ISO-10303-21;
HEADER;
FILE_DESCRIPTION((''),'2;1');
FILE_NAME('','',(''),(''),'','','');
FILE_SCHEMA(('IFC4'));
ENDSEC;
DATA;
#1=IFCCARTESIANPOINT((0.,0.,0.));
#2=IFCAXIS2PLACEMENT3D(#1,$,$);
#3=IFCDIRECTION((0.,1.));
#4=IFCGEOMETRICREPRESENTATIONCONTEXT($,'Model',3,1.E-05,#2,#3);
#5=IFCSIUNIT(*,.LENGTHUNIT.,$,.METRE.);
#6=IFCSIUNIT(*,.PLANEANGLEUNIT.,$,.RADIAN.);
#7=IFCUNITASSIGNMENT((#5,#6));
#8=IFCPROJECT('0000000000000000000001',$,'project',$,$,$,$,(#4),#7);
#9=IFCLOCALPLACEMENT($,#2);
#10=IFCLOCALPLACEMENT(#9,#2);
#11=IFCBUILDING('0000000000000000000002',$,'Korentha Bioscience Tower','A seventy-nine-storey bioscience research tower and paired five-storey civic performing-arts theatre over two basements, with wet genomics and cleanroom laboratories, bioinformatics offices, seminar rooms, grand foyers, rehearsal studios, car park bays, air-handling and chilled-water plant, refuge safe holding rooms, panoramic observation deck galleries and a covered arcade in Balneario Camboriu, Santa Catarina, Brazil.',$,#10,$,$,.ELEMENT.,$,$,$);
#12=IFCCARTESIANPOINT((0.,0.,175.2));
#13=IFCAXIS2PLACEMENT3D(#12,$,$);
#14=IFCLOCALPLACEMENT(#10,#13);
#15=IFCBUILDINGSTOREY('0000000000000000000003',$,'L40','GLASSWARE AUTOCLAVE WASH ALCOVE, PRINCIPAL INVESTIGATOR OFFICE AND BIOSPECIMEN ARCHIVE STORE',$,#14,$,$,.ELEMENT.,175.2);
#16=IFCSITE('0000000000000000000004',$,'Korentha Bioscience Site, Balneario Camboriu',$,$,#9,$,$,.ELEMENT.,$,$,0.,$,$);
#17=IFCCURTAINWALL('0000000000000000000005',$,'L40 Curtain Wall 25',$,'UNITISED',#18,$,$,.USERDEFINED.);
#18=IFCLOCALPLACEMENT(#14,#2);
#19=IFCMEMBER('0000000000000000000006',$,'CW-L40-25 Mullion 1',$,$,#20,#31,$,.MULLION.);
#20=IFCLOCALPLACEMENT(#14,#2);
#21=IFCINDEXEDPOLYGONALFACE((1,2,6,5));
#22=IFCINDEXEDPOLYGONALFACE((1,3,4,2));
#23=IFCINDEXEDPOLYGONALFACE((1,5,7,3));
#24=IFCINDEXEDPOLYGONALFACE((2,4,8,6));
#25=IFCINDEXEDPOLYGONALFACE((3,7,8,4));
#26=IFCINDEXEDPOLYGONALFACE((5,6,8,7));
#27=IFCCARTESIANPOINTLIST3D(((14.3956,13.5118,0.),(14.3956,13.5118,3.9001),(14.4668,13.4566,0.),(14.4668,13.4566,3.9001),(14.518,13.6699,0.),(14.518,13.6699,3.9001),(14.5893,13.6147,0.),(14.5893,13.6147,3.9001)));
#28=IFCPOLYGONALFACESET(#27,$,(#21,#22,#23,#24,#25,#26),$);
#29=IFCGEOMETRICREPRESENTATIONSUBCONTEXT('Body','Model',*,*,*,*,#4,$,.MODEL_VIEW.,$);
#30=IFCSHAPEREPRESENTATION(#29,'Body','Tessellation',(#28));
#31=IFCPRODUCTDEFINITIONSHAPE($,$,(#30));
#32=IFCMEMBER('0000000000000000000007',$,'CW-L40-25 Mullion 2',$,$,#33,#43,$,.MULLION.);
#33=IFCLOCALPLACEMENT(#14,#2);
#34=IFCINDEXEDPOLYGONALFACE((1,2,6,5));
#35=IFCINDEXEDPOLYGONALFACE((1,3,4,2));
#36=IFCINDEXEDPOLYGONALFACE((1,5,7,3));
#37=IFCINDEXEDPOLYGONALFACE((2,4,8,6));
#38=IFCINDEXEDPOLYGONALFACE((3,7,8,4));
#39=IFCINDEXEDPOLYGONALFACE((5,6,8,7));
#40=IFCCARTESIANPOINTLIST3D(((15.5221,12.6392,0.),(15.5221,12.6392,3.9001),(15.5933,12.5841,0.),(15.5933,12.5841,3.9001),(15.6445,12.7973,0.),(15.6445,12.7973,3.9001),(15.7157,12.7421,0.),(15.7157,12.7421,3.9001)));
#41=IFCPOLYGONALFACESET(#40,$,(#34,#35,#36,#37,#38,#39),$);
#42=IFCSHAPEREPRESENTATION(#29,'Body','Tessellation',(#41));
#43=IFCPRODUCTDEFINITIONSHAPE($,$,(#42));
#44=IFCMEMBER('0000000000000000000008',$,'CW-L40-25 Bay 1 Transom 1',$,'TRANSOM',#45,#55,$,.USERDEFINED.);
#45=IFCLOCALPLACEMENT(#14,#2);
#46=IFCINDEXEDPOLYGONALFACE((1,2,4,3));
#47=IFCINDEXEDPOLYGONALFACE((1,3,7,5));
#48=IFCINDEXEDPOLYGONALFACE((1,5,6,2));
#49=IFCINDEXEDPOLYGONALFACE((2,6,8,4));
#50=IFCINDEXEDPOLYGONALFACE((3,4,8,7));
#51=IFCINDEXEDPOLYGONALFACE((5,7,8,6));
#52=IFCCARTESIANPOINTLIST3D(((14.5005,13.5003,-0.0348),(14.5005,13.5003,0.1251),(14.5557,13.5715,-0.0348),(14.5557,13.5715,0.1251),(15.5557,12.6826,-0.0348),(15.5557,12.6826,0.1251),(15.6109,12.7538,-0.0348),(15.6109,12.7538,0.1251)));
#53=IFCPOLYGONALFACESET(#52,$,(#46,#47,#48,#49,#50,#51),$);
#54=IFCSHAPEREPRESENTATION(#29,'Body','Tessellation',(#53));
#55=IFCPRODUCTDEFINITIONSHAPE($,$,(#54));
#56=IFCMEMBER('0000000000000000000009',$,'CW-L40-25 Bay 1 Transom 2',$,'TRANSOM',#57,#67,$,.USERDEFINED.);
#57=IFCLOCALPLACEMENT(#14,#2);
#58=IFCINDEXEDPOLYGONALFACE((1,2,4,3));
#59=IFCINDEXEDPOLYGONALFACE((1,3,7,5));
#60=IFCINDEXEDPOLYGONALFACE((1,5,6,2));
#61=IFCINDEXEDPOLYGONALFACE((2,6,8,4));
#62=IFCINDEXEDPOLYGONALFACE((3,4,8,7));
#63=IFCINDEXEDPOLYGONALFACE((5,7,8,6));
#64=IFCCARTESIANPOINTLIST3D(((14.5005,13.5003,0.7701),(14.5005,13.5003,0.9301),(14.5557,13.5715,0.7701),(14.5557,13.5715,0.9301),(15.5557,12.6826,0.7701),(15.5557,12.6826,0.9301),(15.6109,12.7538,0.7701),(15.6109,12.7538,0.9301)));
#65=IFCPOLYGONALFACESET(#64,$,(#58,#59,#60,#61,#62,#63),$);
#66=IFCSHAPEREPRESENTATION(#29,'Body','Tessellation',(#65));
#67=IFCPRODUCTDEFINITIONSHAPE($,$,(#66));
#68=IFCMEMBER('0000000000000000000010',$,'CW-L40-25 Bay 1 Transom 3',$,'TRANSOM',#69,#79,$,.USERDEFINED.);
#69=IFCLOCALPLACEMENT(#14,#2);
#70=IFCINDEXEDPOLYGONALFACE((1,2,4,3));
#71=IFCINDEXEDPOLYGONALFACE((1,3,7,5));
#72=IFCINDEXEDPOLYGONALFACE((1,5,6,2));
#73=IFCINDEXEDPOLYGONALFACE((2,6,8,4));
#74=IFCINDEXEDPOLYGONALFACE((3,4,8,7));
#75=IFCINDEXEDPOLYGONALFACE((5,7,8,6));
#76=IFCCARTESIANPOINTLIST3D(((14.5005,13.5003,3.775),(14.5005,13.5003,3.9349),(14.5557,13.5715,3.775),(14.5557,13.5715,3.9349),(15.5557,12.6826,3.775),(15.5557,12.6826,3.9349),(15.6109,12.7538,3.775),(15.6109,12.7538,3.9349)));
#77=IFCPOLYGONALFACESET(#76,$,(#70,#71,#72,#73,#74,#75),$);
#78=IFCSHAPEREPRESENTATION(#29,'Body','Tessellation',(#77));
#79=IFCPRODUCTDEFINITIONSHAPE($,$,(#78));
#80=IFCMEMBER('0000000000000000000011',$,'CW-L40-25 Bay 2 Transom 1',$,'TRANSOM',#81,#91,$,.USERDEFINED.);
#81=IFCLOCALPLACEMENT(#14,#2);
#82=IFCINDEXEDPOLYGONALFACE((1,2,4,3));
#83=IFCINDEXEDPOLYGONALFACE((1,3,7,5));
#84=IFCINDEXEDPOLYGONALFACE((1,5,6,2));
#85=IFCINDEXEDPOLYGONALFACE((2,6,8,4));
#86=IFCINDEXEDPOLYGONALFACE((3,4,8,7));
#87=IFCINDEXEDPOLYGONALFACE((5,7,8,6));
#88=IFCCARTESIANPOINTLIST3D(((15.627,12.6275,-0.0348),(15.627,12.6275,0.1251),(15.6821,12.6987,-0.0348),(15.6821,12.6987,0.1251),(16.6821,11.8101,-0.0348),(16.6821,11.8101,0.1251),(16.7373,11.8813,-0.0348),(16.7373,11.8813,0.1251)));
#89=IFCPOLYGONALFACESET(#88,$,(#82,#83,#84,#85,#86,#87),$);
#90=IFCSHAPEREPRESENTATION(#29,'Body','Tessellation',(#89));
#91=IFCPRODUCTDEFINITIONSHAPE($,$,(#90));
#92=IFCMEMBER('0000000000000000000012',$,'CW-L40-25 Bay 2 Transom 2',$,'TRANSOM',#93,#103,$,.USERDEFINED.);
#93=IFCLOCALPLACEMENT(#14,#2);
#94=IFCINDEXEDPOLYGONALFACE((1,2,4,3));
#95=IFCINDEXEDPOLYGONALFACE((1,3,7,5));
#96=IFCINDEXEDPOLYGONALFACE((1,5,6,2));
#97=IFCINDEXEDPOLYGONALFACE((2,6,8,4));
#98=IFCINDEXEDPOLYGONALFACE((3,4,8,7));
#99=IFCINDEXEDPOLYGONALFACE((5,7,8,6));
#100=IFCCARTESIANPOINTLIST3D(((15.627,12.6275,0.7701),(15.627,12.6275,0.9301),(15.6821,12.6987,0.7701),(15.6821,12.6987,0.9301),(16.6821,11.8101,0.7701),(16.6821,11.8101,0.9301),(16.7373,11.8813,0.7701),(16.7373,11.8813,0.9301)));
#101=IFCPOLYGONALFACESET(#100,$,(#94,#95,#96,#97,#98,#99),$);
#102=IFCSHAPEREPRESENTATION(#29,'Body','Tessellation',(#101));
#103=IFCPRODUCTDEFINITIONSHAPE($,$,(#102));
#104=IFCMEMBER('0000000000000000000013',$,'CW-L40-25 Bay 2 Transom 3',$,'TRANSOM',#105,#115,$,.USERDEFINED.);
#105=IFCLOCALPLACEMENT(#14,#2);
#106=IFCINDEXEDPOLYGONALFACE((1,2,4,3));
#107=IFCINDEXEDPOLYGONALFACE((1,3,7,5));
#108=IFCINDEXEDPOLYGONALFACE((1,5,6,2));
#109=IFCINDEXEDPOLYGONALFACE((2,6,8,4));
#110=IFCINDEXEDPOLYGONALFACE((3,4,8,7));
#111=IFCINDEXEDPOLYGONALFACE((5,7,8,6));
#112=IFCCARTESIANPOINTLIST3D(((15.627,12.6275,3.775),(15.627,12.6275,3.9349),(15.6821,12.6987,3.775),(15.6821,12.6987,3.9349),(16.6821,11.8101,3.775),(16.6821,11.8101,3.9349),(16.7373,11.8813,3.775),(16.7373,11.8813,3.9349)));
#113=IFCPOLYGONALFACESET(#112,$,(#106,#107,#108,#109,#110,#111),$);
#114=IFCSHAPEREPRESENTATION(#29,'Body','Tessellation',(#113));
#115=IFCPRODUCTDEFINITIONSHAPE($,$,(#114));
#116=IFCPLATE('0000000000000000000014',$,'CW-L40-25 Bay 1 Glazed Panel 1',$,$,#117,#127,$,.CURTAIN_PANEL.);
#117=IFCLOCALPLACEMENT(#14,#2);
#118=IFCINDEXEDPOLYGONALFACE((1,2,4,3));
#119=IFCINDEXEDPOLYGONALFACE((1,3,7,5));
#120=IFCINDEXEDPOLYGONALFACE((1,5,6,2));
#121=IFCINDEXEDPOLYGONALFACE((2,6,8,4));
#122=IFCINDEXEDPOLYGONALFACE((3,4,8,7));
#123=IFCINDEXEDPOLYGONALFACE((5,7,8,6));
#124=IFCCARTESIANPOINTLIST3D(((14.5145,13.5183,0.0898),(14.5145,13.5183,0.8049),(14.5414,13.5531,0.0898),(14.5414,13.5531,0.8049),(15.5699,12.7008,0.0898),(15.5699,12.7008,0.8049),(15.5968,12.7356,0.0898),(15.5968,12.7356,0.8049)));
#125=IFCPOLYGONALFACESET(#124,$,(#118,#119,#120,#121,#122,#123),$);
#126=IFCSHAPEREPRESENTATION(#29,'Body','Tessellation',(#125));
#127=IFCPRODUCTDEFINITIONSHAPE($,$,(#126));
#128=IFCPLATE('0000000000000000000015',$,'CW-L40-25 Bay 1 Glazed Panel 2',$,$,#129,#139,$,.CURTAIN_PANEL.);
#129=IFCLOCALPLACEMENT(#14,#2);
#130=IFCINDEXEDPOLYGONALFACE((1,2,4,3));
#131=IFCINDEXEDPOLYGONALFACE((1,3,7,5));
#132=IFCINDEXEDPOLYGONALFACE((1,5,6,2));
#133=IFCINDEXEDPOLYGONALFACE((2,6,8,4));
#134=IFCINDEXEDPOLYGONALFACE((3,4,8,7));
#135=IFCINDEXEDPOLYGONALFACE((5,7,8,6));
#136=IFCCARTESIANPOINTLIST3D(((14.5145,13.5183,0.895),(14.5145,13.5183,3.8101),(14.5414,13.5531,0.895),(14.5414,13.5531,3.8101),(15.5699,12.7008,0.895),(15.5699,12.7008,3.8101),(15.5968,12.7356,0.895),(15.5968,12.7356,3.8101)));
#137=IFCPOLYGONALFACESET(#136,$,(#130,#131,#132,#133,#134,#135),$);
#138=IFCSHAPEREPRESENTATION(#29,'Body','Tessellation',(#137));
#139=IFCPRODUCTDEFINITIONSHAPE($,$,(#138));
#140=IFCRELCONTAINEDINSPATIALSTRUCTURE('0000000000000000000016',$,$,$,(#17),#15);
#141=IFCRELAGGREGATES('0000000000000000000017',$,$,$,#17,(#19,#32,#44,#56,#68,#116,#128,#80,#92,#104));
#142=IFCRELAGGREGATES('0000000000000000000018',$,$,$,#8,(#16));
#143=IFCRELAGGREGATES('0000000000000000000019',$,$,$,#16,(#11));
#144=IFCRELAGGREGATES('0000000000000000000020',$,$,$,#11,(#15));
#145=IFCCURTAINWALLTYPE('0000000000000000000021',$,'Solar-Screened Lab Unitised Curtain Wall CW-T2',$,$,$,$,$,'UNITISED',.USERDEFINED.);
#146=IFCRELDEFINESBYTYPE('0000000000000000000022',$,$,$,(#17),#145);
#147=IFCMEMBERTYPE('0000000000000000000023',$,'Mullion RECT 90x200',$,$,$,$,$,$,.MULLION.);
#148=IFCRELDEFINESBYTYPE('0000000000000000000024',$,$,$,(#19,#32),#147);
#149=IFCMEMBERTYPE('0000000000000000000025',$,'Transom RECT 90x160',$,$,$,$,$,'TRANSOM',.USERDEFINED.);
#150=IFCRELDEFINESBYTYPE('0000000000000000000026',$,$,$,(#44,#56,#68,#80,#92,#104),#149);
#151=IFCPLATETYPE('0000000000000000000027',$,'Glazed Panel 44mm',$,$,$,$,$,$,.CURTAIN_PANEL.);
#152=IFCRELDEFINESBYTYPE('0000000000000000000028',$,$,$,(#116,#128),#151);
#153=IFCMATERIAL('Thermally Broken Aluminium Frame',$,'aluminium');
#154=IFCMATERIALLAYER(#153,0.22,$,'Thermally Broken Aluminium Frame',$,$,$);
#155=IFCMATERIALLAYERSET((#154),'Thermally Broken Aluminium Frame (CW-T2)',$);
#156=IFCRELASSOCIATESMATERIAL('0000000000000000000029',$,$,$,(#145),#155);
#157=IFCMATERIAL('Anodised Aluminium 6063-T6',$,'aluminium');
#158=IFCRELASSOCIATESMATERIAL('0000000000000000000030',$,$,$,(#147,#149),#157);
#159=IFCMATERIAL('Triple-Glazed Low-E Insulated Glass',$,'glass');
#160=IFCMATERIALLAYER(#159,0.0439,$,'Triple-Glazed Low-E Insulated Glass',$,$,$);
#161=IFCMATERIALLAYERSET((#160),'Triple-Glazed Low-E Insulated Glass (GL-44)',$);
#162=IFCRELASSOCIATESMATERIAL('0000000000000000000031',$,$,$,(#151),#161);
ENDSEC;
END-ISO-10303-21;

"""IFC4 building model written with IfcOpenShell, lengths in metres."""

from ifc_helpers import new_model, si_unit, direction, frame, origin, origin_2d, place, context, subcontext, project, spatial, rectangle, extrude, material, layer, layer_set, material_profile, profile_set, type_object, element, aggregate, save


model = new_model("IFC4")

# Units and contexts
model_context = context("Model", 3, precision=1e-05, world=origin(), true_north=direction((0.0, 1.0)))
body_context = subcontext(model_context, "Body", "Model", "MODEL_VIEW")
ifc_project = project(units=[si_unit("LENGTHUNIT", "METRE"), si_unit("PLANEANGLEUNIT", "RADIAN")], contexts=[model_context])

# Site, building, storey
site_placement = place(None, origin())
site = spatial("IfcSite", under=ifc_project, at=site_placement, Name="Korentha Bioscience Site, Balneario Camboriu", CompositionType="ELEMENT", RefElevation=0.0)
building_placement = place(site_placement, origin())
building = spatial("IfcBuilding", under=site, at=building_placement, Name="Korentha Bioscience Tower", Description="A seventy-nine-storey bioscience research tower and paired five-storey civic performing-arts theatre over two basements, with wet genomics and cleanroom laboratories, bioinformatics offices, seminar rooms, grand foyers, rehearsal studios, car park bays, air-handling and chilled-water plant, refuge safe holding rooms, panoramic observation deck galleries and a covered arcade in Balneario Camboriu, Santa Catarina, Brazil.", CompositionType="ELEMENT")
storey_placement = place(building_placement, frame((0.0, 0.0, 175.2)))
storey = spatial("IfcBuildingStorey", under=building, at=storey_placement, Name="L40", Description="GLASSWARE AUTOCLAVE WASH ALCOVE, PRINCIPAL INVESTIGATOR OFFICE AND BIOSPECIMEN ARCHIVE STORE", CompositionType="ELEMENT", Elevation=175.2)

# Curtain wall, members, plates
ifc_material_1 = material(Name="Thermally Broken Aluminium Frame", Category="aluminium")
ifc_layer_1 = layer(ifc_material_1, 0.22, Name="Thermally Broken Aluminium Frame")
ifc_layer_set_1 = layer_set([ifc_layer_1], Name="Thermally Broken Aluminium Frame (CW-T2)")
curtain_wall_type = type_object("IfcCurtainWallType", Name="Solar-Screened Lab Unitised Curtain Wall CW-T2", ElementType="UNITISED", PredefinedType="USERDEFINED", material=ifc_layer_set_1)
curtain_wall_placement = place(storey_placement, origin())
curtain_wall = element("IfcCurtainWall", 1, at=curtain_wall_placement, inside=storey, type_object=curtain_wall_type, Name="L40 Curtain Wall 25", ObjectType="UNITISED", PredefinedType="USERDEFINED")
ifc_material_2 = material(Name="Anodised Aluminium 6063-T6", Category="aluminium")
ifc_material_profile_1 = material_profile(ifc_material_2, rectangle(XDim=0.0901, YDim=0.2, at=origin_2d()), Name="Anodised Aluminium 6063-T6")
ifc_profile_set_1 = profile_set([ifc_material_profile_1], Name="Anodised Aluminium 6063-T6 (CW-MUL)")
member_type_1 = type_object("IfcMemberType", Name="Mullion RECT 90x200", PredefinedType="MULLION", material=ifc_profile_set_1)
member_1_placement = place(storey_placement, frame((14.4924, 13.5632, 0.0), z_axis=(0.0, 0.0, 1.0), x_axis=(0.790547, -0.612402, 0.0)))
member_1 = element("IfcMember", 2, at=member_1_placement, type_object=member_type_1, Name="CW-L40-25 Mullion 1", PredefinedType="MULLION", context=body_context, shape_type="SweptSolid", body=[
    extrude(rectangle(XDim=0.0901, YDim=0.2, at=origin_2d()), origin(), (0.0, 0.0, 1.0), 3.9001),
])
member_2_placement = place(storey_placement, frame((15.6189, 12.6907, 0.0), z_axis=(0.0, 0.0, 1.0), x_axis=(0.790547, -0.612402, 0.0)))
member_2 = element("IfcMember", 3, at=member_2_placement, type_object=member_type_1, Name="CW-L40-25 Mullion 2", PredefinedType="MULLION", context=body_context, shape_type="SweptSolid", body=[
    extrude(rectangle(XDim=0.0901, YDim=0.2, at=origin_2d()), origin(), (0.0, 0.0, 1.0), 3.9001),
])
ifc_material_profile_2 = material_profile(ifc_material_2, rectangle(XDim=0.0901, YDim=0.1599, at=origin_2d()), Name="Anodised Aluminium 6063-T6")
ifc_profile_set_2 = profile_set([ifc_material_profile_2], Name="Anodised Aluminium 6063-T6 (CW-TRN)")
member_type_2 = type_object("IfcMemberType", Name="Transom RECT 90x160", ElementType="TRANSOM", PredefinedType="USERDEFINED", material=ifc_profile_set_2)
member_3_placement = place(storey_placement, frame((14.5281, 13.5359, 0.0452), z_axis=(0.790464, -0.612509, 0.0), x_axis=(0.612509, 0.790464, 0.0)))
member_3 = element("IfcMember", 4, at=member_3_placement, type_object=member_type_2, Name="CW-L40-25 Bay 1 Transom 1", ObjectType="TRANSOM", PredefinedType="USERDEFINED", context=body_context, shape_type="SweptSolid", body=[
    extrude(rectangle(XDim=0.0901, YDim=0.1599, at=origin_2d()), origin(), (0.0, 0.0, 1.0), 1.335),
])
member_4_placement = place(storey_placement, frame((14.5281, 13.5359, 0.8501), z_axis=(0.790464, -0.612509, 0.0), x_axis=(0.612509, 0.790464, 0.0)))
member_4 = element("IfcMember", 5, at=member_4_placement, type_object=member_type_2, Name="CW-L40-25 Bay 1 Transom 2", ObjectType="TRANSOM", PredefinedType="USERDEFINED", context=body_context, shape_type="SweptSolid", body=[
    extrude(rectangle(XDim=0.0901, YDim=0.1599, at=origin_2d()), origin(), (0.0, 0.0, 1.0), 1.335),
])
member_5_placement = place(storey_placement, frame((14.5281, 13.5359, 3.855), z_axis=(0.790464, -0.612509, 0.0), x_axis=(0.612509, 0.790464, 0.0)))
member_5 = element("IfcMember", 6, at=member_5_placement, type_object=member_type_2, Name="CW-L40-25 Bay 1 Transom 3", ObjectType="TRANSOM", PredefinedType="USERDEFINED", context=body_context, shape_type="SweptSolid", body=[
    extrude(rectangle(XDim=0.0901, YDim=0.1599, at=origin_2d()), origin(), (0.0, 0.0, 1.0), 1.335),
])
member_6_placement = place(storey_placement, frame((15.6545, 12.6631, 0.0452), z_axis=(0.790552, -0.612395, 0.0), x_axis=(0.612395, 0.790552, 0.0)))
member_6 = element("IfcMember", 7, at=member_6_placement, type_object=member_type_2, Name="CW-L40-25 Bay 2 Transom 1", ObjectType="TRANSOM", PredefinedType="USERDEFINED", context=body_context, shape_type="SweptSolid", body=[
    extrude(rectangle(XDim=0.0901, YDim=0.1599, at=origin_2d()), origin(), (0.0, 0.0, 1.0), 1.3347),
])
member_7_placement = place(storey_placement, frame((15.6545, 12.6631, 0.8501), z_axis=(0.790552, -0.612395, 0.0), x_axis=(0.612395, 0.790552, 0.0)))
member_7 = element("IfcMember", 8, at=member_7_placement, type_object=member_type_2, Name="CW-L40-25 Bay 2 Transom 2", ObjectType="TRANSOM", PredefinedType="USERDEFINED", context=body_context, shape_type="SweptSolid", body=[
    extrude(rectangle(XDim=0.0901, YDim=0.1599, at=origin_2d()), origin(), (0.0, 0.0, 1.0), 1.3347),
])
member_8_placement = place(storey_placement, frame((15.6545, 12.6631, 3.855), z_axis=(0.790552, -0.612395, 0.0), x_axis=(0.612395, 0.790552, 0.0)))
member_8 = element("IfcMember", 9, at=member_8_placement, type_object=member_type_2, Name="CW-L40-25 Bay 2 Transom 3", ObjectType="TRANSOM", PredefinedType="USERDEFINED", context=body_context, shape_type="SweptSolid", body=[
    extrude(rectangle(XDim=0.0901, YDim=0.1599, at=origin_2d()), origin(), (0.0, 0.0, 1.0), 1.3347),
])
ifc_material_3 = material(Name="Triple-Glazed Low-E Insulated Glass", Category="glass")
ifc_layer_2 = layer(ifc_material_3, 0.0439, Name="Triple-Glazed Low-E Insulated Glass")
ifc_layer_set_2 = layer_set([ifc_layer_2], Name="Triple-Glazed Low-E Insulated Glass (GL-44)")
plate_type = type_object("IfcPlateType", Name="Glazed Panel 44mm", PredefinedType="CURTAIN_PANEL", material=ifc_layer_set_2)
plate_1_placement = place(storey_placement, frame((15.0557, 13.127, 0.0898), z_axis=(0.0, 0.0, 1.0), x_axis=(0.790547, -0.612402, 0.0)))
plate_1 = element("IfcPlate", 10, at=plate_1_placement, type_object=plate_type, Name="CW-L40-25 Bay 1 Glazed Panel 1", PredefinedType="CURTAIN_PANEL", context=body_context, shape_type="SweptSolid", body=[
    extrude(rectangle(XDim=1.335, YDim=0.0439, at=origin_2d()), origin(), (0.0, 0.0, 1.0), 0.7151),
])
plate_2_placement = place(storey_placement, frame((15.0557, 13.127, 0.895), z_axis=(0.0, 0.0, 1.0), x_axis=(0.790547, -0.612402, 0.0)))
plate_2 = element("IfcPlate", 11, at=plate_2_placement, type_object=plate_type, Name="CW-L40-25 Bay 1 Glazed Panel 2", PredefinedType="CURTAIN_PANEL", context=body_context, shape_type="SweptSolid", body=[
    extrude(rectangle(XDim=1.335, YDim=0.0439, at=origin_2d()), origin(), (0.0, 0.0, 1.0), 2.915),
])
aggregate(curtain_wall, [member_1, member_2, member_3, member_4, member_5, plate_1, plate_2, member_6, member_7, member_8])

save(model, "model.ifc")
